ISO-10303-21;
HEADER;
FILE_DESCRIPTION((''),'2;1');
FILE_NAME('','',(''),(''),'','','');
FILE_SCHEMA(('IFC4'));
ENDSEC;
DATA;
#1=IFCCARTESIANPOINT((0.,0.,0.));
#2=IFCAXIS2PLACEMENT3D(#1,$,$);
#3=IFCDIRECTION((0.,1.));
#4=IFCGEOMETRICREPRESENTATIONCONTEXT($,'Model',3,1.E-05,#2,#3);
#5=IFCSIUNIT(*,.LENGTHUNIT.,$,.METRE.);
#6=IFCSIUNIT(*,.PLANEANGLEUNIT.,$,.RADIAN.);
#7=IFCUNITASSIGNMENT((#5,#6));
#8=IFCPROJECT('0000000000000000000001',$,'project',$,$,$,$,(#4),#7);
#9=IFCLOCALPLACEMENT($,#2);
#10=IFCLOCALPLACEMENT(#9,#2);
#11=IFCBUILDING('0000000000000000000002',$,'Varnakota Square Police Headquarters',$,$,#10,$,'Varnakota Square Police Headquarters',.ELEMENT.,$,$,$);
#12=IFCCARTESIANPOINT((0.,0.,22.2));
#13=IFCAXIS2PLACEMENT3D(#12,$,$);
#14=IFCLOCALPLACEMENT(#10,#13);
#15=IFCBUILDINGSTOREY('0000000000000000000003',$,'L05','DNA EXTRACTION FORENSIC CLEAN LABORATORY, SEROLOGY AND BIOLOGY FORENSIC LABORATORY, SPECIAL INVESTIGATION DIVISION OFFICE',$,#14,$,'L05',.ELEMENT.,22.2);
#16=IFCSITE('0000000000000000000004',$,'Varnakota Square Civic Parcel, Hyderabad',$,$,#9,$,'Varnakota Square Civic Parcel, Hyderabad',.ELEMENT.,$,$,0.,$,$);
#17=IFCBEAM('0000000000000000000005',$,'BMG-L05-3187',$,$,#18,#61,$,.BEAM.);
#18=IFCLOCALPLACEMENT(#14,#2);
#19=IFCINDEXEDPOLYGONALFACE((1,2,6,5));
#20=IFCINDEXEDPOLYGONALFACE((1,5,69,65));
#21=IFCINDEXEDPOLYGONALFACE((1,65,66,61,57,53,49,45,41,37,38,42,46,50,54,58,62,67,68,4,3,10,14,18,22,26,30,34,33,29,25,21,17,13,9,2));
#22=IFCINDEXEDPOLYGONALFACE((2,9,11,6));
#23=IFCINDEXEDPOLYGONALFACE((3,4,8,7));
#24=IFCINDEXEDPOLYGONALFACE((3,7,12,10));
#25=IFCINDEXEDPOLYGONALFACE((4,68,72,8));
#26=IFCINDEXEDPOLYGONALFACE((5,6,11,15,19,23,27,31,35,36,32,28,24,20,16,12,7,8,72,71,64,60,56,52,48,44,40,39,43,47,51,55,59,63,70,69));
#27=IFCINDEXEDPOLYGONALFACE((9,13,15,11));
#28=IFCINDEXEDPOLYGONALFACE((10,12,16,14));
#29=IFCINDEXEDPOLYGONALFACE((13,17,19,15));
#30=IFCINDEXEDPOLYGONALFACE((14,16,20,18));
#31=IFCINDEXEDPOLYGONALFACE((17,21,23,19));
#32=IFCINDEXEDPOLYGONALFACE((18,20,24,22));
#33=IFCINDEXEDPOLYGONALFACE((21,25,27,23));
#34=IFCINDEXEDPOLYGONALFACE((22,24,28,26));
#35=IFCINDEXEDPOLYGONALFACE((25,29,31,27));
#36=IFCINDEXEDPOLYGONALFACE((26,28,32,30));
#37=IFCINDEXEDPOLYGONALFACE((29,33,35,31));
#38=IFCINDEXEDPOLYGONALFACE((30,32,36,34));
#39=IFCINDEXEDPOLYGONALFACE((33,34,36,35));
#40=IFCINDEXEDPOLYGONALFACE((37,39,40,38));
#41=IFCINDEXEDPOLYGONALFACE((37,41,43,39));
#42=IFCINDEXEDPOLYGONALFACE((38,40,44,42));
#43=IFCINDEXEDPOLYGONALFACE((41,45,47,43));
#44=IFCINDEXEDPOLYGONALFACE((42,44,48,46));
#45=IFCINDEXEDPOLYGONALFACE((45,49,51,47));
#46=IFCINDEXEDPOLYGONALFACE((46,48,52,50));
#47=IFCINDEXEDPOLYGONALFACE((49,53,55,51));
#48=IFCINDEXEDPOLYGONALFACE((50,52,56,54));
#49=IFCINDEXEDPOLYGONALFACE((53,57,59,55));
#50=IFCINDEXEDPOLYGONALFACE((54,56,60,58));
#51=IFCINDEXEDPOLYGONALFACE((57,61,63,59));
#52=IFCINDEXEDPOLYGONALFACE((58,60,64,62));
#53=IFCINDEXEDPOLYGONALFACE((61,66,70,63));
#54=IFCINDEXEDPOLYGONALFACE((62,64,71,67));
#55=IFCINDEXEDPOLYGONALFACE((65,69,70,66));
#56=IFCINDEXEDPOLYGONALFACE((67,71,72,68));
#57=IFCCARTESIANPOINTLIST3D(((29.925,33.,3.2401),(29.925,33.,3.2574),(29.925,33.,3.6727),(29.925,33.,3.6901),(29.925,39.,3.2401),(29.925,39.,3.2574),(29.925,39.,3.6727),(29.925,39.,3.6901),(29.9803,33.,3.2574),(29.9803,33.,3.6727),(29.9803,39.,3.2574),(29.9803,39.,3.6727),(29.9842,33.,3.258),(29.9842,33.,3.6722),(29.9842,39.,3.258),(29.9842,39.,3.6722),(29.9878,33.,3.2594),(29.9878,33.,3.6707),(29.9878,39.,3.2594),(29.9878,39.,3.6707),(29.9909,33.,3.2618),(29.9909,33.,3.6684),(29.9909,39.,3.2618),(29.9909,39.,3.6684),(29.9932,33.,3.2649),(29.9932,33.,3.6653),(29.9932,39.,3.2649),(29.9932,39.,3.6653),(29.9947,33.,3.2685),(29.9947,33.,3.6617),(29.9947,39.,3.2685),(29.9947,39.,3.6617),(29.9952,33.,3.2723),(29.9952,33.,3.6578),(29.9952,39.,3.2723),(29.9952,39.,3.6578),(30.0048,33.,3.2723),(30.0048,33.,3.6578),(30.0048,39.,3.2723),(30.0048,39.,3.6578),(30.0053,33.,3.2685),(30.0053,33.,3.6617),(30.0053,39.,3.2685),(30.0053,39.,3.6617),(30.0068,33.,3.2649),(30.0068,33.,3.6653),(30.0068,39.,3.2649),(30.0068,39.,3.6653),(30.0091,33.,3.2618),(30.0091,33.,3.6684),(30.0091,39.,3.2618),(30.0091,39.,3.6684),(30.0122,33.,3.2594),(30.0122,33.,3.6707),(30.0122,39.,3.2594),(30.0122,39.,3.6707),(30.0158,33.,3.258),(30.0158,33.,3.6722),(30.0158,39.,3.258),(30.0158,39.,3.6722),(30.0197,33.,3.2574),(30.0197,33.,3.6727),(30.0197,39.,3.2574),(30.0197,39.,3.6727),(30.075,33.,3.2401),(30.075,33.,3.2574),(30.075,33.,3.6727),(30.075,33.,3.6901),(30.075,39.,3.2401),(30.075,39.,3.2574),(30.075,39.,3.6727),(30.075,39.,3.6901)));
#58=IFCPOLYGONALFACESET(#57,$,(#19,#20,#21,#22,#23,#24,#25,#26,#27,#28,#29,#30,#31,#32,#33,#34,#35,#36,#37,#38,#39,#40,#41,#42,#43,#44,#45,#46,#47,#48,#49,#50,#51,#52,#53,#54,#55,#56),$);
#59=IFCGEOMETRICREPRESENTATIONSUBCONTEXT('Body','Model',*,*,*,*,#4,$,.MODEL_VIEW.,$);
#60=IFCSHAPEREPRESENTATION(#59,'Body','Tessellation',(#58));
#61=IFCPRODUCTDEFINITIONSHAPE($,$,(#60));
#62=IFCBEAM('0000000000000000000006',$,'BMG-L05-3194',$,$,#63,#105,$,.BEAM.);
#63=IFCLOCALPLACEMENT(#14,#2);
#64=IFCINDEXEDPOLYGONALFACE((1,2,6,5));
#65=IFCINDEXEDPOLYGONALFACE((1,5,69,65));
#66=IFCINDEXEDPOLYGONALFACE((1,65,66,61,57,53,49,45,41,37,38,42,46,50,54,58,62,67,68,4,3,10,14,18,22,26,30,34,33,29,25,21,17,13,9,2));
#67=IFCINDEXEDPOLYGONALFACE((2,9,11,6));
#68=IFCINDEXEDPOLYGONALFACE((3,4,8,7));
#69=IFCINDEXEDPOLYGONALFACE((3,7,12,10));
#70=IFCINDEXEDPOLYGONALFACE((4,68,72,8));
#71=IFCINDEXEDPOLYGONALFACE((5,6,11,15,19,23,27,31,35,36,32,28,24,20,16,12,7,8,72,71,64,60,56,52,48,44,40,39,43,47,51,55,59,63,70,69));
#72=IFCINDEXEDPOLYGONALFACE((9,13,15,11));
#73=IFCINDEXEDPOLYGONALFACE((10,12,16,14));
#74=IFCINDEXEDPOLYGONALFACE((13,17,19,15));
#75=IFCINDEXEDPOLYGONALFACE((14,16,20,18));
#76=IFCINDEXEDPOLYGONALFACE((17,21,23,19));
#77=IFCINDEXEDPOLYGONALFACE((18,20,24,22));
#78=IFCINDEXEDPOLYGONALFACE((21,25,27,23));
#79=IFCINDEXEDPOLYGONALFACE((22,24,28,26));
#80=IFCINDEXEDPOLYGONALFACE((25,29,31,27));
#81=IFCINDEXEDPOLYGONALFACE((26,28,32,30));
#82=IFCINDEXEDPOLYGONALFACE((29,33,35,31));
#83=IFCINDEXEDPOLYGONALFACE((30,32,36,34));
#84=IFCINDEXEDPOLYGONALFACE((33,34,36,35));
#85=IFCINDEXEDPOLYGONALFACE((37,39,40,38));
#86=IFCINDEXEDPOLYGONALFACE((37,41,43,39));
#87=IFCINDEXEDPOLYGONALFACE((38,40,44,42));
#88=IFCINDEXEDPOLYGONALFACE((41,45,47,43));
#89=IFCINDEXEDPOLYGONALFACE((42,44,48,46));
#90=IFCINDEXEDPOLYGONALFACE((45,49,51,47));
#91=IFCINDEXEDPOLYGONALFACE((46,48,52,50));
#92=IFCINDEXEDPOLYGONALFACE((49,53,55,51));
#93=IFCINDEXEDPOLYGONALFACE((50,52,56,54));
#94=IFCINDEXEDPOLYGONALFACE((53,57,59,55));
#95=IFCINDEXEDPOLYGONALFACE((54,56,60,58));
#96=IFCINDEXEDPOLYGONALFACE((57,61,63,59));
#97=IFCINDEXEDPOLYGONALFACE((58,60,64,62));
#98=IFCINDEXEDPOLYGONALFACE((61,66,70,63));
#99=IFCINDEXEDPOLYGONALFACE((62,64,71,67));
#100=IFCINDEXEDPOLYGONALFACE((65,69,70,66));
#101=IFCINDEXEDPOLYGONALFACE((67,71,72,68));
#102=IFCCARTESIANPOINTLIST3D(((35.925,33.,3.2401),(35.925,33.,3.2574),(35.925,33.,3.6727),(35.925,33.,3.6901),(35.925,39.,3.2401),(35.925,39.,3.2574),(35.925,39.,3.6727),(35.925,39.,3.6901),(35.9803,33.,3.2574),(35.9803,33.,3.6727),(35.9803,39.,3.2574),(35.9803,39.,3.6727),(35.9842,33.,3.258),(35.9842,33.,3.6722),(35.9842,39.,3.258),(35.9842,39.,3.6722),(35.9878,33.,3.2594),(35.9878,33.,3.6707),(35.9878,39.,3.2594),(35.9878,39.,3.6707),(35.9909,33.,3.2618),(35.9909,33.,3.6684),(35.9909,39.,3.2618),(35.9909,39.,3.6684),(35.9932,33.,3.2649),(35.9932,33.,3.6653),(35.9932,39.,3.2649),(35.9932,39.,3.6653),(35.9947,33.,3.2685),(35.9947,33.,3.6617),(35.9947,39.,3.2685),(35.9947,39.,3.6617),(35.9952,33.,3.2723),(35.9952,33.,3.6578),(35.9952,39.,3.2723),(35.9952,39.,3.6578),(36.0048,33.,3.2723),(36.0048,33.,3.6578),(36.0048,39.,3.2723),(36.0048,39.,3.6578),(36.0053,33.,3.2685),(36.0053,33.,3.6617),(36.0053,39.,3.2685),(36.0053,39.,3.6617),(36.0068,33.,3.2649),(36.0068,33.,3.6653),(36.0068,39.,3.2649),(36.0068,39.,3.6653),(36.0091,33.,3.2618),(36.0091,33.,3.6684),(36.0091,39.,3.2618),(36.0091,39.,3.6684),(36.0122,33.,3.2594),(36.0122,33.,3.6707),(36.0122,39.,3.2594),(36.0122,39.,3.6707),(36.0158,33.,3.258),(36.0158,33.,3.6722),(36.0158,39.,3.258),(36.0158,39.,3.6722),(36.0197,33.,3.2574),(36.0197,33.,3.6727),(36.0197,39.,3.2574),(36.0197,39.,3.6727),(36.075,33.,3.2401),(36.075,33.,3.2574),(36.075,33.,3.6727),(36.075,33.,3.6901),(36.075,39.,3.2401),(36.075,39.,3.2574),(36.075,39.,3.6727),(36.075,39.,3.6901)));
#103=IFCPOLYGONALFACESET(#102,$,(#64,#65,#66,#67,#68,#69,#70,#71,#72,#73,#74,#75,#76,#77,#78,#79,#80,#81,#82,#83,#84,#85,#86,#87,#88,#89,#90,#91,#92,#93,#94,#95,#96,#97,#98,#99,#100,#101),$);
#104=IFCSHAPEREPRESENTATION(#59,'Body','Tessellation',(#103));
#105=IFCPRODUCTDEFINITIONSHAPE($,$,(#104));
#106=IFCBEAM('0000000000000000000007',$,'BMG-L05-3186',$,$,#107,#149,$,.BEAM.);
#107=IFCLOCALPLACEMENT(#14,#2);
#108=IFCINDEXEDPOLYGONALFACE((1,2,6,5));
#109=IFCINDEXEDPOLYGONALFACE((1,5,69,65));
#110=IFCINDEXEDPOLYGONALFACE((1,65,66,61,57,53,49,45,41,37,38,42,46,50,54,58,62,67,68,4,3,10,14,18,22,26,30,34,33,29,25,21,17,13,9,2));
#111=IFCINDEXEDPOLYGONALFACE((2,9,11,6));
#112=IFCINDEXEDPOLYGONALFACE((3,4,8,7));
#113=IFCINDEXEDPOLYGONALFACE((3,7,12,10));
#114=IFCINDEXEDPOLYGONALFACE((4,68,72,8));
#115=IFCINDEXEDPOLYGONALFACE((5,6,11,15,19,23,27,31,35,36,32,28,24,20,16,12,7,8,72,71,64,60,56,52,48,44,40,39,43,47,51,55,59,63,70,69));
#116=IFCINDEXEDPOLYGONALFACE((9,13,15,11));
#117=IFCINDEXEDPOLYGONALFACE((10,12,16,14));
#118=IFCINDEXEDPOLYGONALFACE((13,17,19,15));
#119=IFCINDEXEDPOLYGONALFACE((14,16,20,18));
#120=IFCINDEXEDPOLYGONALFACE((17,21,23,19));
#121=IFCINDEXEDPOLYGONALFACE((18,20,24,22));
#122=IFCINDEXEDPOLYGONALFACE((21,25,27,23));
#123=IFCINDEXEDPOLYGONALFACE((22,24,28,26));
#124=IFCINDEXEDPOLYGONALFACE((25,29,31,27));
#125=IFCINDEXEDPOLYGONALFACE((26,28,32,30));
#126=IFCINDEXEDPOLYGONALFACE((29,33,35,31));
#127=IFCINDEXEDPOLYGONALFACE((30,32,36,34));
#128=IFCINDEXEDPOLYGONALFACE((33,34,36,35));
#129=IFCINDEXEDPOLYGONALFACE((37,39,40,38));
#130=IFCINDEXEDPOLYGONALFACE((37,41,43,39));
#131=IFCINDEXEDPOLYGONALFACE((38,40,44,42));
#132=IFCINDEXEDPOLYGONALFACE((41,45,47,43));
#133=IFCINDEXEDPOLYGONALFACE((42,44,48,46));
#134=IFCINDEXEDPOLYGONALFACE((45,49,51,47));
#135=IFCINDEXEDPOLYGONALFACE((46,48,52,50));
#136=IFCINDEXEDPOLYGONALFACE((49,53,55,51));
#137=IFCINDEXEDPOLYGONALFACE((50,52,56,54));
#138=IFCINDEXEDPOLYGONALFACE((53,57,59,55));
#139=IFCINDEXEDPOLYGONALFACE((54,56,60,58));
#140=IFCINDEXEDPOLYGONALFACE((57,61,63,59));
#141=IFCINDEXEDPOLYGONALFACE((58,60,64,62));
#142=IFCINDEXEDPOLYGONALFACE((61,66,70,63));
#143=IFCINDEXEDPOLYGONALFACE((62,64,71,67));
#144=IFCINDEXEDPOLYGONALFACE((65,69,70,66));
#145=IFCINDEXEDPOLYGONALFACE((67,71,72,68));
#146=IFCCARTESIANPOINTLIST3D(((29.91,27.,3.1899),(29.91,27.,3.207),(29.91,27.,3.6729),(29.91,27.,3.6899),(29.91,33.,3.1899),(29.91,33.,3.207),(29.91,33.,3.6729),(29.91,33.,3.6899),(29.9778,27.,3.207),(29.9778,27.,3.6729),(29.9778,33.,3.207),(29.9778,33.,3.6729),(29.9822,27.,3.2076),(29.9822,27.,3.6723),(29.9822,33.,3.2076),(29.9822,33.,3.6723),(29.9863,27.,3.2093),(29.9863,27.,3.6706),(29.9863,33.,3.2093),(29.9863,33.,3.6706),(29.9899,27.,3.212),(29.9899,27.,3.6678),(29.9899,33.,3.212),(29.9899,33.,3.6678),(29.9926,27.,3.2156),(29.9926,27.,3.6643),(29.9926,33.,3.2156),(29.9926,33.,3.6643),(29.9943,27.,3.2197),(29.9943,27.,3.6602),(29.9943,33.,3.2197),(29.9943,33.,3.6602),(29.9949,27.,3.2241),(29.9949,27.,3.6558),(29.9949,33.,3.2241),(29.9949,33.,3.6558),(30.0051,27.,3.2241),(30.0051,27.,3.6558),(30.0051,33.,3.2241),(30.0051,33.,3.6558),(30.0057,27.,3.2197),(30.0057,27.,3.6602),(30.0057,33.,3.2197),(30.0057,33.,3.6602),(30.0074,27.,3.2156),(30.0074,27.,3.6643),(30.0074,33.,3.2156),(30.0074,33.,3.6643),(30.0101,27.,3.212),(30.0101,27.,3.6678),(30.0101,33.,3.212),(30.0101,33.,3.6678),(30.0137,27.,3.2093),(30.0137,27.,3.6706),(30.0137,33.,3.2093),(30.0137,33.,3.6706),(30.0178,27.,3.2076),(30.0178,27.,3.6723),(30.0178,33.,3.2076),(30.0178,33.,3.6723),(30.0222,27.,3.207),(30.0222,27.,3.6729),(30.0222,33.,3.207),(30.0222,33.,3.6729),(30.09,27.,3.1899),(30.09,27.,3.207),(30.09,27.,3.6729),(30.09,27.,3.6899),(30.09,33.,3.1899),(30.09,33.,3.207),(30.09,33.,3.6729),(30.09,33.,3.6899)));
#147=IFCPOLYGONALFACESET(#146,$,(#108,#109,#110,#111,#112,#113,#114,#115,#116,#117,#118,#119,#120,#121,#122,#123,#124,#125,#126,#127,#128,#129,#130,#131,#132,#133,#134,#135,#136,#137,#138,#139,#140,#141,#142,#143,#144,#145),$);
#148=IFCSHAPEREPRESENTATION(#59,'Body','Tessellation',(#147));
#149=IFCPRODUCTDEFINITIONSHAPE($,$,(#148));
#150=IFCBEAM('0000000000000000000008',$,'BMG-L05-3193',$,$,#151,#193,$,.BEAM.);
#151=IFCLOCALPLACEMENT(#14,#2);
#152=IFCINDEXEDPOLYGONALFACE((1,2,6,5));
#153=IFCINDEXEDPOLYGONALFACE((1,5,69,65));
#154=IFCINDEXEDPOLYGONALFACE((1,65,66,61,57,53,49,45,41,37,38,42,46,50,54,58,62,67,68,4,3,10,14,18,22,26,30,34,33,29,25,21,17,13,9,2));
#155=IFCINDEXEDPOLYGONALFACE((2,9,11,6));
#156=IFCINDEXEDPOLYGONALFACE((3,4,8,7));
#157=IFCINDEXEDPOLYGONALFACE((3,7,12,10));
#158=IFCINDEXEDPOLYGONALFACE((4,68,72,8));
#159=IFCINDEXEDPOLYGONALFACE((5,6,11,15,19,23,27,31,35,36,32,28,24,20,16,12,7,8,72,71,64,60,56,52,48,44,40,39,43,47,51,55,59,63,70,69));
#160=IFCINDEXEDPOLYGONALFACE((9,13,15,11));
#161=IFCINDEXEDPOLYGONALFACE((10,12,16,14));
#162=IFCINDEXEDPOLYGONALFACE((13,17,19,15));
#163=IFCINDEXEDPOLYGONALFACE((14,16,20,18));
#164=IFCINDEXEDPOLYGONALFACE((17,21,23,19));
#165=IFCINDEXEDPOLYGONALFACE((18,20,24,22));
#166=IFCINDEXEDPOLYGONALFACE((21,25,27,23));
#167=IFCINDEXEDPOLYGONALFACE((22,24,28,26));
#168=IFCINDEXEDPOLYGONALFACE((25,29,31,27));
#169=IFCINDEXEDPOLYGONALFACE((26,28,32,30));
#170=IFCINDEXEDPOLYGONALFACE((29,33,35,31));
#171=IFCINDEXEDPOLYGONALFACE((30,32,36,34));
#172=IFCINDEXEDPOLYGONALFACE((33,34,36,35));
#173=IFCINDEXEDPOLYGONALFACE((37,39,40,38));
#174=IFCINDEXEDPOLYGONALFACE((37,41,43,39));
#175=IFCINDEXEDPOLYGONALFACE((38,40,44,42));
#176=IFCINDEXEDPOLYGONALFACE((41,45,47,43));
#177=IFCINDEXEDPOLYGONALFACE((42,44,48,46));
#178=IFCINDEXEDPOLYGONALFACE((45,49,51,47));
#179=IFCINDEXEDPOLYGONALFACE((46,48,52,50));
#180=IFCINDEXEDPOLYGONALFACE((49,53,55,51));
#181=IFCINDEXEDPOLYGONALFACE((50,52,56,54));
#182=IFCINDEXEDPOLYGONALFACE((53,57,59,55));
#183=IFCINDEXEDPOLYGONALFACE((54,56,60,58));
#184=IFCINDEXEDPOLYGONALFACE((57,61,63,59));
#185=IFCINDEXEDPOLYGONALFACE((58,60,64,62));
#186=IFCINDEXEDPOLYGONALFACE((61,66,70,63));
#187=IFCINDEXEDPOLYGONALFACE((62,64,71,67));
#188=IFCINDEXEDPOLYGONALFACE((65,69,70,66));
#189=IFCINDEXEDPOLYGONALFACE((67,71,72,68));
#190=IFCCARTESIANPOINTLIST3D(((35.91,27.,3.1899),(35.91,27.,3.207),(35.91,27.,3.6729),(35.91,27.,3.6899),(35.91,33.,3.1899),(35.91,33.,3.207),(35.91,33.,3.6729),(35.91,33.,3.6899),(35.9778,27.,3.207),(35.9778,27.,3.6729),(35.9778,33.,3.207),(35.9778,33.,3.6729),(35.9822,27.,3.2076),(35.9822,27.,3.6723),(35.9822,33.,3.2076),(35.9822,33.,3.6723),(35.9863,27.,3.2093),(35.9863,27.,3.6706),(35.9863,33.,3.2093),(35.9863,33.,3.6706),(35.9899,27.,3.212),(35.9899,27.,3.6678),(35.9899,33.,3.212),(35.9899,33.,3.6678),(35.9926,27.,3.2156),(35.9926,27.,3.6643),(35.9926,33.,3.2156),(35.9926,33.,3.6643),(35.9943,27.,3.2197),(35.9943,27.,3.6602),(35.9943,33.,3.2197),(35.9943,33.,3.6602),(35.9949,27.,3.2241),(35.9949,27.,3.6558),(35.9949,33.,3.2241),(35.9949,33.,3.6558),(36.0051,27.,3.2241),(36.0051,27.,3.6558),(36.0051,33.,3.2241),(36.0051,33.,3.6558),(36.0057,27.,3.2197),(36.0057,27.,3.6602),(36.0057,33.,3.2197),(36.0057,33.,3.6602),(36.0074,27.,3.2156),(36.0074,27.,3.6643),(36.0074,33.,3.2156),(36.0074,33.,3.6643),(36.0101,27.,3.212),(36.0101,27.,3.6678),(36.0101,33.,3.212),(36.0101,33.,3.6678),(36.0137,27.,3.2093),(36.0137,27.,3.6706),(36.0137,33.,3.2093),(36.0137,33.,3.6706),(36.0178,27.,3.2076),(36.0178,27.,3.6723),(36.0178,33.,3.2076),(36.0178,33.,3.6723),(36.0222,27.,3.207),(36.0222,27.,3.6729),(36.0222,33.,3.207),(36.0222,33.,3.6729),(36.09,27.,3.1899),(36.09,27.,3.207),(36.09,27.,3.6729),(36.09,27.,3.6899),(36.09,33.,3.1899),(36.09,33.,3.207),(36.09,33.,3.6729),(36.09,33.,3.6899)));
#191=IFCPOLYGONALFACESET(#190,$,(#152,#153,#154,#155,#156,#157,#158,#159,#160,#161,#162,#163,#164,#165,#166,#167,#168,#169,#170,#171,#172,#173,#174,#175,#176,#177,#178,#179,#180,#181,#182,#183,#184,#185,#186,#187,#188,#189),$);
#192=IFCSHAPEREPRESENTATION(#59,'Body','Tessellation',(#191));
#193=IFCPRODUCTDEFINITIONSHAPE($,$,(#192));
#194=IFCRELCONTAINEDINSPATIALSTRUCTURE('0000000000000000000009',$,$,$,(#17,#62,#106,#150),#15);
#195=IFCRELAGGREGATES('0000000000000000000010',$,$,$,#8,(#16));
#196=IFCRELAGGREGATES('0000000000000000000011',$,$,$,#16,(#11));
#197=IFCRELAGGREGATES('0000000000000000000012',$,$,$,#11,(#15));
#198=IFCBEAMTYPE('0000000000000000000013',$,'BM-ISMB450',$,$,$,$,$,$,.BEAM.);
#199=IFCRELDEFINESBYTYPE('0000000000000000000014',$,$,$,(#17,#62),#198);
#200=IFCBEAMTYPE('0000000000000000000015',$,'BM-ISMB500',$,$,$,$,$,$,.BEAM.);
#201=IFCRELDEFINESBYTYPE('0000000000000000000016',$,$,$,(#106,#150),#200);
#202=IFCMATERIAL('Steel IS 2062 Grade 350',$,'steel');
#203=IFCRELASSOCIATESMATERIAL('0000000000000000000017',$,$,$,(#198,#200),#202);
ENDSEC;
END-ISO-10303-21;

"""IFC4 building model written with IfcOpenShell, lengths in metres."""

from ifc_helpers import new_model, si_unit, direction, frame, origin, origin_2d, place, context, subcontext, project, spatial, i_section, extrude, material, material_profile, profile_set, type_object, element, save


model = new_model("IFC4")

# Units and contexts
model_context = context("Model", 3, precision=1e-05, world=origin(), true_north=direction((0.0, 1.0)))
body_context = subcontext(model_context, "Body", "Model", "MODEL_VIEW")
ifc_project = project(units=[si_unit("LENGTHUNIT", "METRE"), si_unit("PLANEANGLEUNIT", "RADIAN")], contexts=[model_context])

# Site, building, storey
site_placement = place(None, origin())
site = spatial("IfcSite", under=ifc_project, at=site_placement, Name="Varnakota Square Civic Parcel, Hyderabad", LongName="Varnakota Square Civic Parcel, Hyderabad", CompositionType="ELEMENT", RefElevation=0.0)
building_placement = place(site_placement, origin())
building = spatial("IfcBuilding", under=site, at=building_placement, Name="Varnakota Square Police Headquarters", LongName="Varnakota Square Police Headquarters", CompositionType="ELEMENT")
storey_placement = place(building_placement, frame((0.0, 0.0, 22.2)))
storey = spatial("IfcBuildingStorey", under=building, at=storey_placement, Name="L05", Description="DNA EXTRACTION FORENSIC CLEAN LABORATORY, SEROLOGY AND BIOLOGY FORENSIC LABORATORY, SPECIAL INVESTIGATION DIVISION OFFICE", LongName="L05", CompositionType="ELEMENT", Elevation=22.2)

# Shared definitions
ifc_material_1 = material(Name="Steel IS 2062 Grade 350", Category="steel")

# Beams
ifc_material_profile_1 = material_profile(ifc_material_1, i_section(OverallWidth=0.1499, OverallDepth=0.45, WebThickness=0.0095, FlangeThickness=0.0173, FilletRadius=0.0149, at=origin_2d()), Name="ISMB 450")
ifc_profile_set_1 = profile_set([ifc_material_profile_1], Name="Steel IS 2062 Grade 350")
beam_type_1 = type_object("IfcBeamType", Name="BM-ISMB450", PredefinedType="BEAM", material=ifc_profile_set_1)
for number, where, z_axis, x_axis, name in (
    (1, (30.0, 33.0, 3.4651), (0.0, 1.0, 0.0), (-1.0, 0.0, 0.0), "BMG-L05-3187"),
    (2, (36.0, 33.0, 3.4651), (0.0, 1.0, 0.0), (-1.0, 0.0, 0.0), "BMG-L05-3194"),
):
    element("IfcBeam", number, at=place(storey_placement, frame(where, z_axis=z_axis, x_axis=x_axis)), inside=storey, type_object=beam_type_1, Name=name, PredefinedType="BEAM", context=body_context, shape_type="SweptSolid", body=[
        extrude(i_section(OverallWidth=0.1499, OverallDepth=0.45, WebThickness=0.0095, FlangeThickness=0.0173, FilletRadius=0.0149, at=origin_2d()), origin(), (0.0, 0.0, 1.0), 6.0),
    ])
ifc_material_profile_2 = material_profile(ifc_material_1, i_section(OverallWidth=0.1799, OverallDepth=0.5, WebThickness=0.0103, FlangeThickness=0.0171, FilletRadius=0.0171, at=origin_2d()), Name="ISMB 500")
ifc_profile_set_2 = profile_set([ifc_material_profile_2], Name="Steel IS 2062 Grade 350")
beam_type_2 = type_object("IfcBeamType", Name="BM-ISMB500", PredefinedType="BEAM", material=ifc_profile_set_2)
for number, where, z_axis, x_axis, name in (
    (3, (30.0, 27.0, 3.4399), (0.0, 1.0, 0.0), (-1.0, 0.0, 0.0), "BMG-L05-3186"),
    (4, (36.0, 27.0, 3.4399), (0.0, 1.0, 0.0), (-1.0, 0.0, 0.0), "BMG-L05-3193"),
):
    element("IfcBeam", number, at=place(storey_placement, frame(where, z_axis=z_axis, x_axis=x_axis)), inside=storey, type_object=beam_type_2, Name=name, PredefinedType="BEAM", context=body_context, shape_type="SweptSolid", body=[
        extrude(i_section(OverallWidth=0.1799, OverallDepth=0.5, WebThickness=0.0103, FlangeThickness=0.0171, FilletRadius=0.0171, at=origin_2d()), origin(), (0.0, 0.0, 1.0), 6.0),
    ])

save(model, "model.ifc")
